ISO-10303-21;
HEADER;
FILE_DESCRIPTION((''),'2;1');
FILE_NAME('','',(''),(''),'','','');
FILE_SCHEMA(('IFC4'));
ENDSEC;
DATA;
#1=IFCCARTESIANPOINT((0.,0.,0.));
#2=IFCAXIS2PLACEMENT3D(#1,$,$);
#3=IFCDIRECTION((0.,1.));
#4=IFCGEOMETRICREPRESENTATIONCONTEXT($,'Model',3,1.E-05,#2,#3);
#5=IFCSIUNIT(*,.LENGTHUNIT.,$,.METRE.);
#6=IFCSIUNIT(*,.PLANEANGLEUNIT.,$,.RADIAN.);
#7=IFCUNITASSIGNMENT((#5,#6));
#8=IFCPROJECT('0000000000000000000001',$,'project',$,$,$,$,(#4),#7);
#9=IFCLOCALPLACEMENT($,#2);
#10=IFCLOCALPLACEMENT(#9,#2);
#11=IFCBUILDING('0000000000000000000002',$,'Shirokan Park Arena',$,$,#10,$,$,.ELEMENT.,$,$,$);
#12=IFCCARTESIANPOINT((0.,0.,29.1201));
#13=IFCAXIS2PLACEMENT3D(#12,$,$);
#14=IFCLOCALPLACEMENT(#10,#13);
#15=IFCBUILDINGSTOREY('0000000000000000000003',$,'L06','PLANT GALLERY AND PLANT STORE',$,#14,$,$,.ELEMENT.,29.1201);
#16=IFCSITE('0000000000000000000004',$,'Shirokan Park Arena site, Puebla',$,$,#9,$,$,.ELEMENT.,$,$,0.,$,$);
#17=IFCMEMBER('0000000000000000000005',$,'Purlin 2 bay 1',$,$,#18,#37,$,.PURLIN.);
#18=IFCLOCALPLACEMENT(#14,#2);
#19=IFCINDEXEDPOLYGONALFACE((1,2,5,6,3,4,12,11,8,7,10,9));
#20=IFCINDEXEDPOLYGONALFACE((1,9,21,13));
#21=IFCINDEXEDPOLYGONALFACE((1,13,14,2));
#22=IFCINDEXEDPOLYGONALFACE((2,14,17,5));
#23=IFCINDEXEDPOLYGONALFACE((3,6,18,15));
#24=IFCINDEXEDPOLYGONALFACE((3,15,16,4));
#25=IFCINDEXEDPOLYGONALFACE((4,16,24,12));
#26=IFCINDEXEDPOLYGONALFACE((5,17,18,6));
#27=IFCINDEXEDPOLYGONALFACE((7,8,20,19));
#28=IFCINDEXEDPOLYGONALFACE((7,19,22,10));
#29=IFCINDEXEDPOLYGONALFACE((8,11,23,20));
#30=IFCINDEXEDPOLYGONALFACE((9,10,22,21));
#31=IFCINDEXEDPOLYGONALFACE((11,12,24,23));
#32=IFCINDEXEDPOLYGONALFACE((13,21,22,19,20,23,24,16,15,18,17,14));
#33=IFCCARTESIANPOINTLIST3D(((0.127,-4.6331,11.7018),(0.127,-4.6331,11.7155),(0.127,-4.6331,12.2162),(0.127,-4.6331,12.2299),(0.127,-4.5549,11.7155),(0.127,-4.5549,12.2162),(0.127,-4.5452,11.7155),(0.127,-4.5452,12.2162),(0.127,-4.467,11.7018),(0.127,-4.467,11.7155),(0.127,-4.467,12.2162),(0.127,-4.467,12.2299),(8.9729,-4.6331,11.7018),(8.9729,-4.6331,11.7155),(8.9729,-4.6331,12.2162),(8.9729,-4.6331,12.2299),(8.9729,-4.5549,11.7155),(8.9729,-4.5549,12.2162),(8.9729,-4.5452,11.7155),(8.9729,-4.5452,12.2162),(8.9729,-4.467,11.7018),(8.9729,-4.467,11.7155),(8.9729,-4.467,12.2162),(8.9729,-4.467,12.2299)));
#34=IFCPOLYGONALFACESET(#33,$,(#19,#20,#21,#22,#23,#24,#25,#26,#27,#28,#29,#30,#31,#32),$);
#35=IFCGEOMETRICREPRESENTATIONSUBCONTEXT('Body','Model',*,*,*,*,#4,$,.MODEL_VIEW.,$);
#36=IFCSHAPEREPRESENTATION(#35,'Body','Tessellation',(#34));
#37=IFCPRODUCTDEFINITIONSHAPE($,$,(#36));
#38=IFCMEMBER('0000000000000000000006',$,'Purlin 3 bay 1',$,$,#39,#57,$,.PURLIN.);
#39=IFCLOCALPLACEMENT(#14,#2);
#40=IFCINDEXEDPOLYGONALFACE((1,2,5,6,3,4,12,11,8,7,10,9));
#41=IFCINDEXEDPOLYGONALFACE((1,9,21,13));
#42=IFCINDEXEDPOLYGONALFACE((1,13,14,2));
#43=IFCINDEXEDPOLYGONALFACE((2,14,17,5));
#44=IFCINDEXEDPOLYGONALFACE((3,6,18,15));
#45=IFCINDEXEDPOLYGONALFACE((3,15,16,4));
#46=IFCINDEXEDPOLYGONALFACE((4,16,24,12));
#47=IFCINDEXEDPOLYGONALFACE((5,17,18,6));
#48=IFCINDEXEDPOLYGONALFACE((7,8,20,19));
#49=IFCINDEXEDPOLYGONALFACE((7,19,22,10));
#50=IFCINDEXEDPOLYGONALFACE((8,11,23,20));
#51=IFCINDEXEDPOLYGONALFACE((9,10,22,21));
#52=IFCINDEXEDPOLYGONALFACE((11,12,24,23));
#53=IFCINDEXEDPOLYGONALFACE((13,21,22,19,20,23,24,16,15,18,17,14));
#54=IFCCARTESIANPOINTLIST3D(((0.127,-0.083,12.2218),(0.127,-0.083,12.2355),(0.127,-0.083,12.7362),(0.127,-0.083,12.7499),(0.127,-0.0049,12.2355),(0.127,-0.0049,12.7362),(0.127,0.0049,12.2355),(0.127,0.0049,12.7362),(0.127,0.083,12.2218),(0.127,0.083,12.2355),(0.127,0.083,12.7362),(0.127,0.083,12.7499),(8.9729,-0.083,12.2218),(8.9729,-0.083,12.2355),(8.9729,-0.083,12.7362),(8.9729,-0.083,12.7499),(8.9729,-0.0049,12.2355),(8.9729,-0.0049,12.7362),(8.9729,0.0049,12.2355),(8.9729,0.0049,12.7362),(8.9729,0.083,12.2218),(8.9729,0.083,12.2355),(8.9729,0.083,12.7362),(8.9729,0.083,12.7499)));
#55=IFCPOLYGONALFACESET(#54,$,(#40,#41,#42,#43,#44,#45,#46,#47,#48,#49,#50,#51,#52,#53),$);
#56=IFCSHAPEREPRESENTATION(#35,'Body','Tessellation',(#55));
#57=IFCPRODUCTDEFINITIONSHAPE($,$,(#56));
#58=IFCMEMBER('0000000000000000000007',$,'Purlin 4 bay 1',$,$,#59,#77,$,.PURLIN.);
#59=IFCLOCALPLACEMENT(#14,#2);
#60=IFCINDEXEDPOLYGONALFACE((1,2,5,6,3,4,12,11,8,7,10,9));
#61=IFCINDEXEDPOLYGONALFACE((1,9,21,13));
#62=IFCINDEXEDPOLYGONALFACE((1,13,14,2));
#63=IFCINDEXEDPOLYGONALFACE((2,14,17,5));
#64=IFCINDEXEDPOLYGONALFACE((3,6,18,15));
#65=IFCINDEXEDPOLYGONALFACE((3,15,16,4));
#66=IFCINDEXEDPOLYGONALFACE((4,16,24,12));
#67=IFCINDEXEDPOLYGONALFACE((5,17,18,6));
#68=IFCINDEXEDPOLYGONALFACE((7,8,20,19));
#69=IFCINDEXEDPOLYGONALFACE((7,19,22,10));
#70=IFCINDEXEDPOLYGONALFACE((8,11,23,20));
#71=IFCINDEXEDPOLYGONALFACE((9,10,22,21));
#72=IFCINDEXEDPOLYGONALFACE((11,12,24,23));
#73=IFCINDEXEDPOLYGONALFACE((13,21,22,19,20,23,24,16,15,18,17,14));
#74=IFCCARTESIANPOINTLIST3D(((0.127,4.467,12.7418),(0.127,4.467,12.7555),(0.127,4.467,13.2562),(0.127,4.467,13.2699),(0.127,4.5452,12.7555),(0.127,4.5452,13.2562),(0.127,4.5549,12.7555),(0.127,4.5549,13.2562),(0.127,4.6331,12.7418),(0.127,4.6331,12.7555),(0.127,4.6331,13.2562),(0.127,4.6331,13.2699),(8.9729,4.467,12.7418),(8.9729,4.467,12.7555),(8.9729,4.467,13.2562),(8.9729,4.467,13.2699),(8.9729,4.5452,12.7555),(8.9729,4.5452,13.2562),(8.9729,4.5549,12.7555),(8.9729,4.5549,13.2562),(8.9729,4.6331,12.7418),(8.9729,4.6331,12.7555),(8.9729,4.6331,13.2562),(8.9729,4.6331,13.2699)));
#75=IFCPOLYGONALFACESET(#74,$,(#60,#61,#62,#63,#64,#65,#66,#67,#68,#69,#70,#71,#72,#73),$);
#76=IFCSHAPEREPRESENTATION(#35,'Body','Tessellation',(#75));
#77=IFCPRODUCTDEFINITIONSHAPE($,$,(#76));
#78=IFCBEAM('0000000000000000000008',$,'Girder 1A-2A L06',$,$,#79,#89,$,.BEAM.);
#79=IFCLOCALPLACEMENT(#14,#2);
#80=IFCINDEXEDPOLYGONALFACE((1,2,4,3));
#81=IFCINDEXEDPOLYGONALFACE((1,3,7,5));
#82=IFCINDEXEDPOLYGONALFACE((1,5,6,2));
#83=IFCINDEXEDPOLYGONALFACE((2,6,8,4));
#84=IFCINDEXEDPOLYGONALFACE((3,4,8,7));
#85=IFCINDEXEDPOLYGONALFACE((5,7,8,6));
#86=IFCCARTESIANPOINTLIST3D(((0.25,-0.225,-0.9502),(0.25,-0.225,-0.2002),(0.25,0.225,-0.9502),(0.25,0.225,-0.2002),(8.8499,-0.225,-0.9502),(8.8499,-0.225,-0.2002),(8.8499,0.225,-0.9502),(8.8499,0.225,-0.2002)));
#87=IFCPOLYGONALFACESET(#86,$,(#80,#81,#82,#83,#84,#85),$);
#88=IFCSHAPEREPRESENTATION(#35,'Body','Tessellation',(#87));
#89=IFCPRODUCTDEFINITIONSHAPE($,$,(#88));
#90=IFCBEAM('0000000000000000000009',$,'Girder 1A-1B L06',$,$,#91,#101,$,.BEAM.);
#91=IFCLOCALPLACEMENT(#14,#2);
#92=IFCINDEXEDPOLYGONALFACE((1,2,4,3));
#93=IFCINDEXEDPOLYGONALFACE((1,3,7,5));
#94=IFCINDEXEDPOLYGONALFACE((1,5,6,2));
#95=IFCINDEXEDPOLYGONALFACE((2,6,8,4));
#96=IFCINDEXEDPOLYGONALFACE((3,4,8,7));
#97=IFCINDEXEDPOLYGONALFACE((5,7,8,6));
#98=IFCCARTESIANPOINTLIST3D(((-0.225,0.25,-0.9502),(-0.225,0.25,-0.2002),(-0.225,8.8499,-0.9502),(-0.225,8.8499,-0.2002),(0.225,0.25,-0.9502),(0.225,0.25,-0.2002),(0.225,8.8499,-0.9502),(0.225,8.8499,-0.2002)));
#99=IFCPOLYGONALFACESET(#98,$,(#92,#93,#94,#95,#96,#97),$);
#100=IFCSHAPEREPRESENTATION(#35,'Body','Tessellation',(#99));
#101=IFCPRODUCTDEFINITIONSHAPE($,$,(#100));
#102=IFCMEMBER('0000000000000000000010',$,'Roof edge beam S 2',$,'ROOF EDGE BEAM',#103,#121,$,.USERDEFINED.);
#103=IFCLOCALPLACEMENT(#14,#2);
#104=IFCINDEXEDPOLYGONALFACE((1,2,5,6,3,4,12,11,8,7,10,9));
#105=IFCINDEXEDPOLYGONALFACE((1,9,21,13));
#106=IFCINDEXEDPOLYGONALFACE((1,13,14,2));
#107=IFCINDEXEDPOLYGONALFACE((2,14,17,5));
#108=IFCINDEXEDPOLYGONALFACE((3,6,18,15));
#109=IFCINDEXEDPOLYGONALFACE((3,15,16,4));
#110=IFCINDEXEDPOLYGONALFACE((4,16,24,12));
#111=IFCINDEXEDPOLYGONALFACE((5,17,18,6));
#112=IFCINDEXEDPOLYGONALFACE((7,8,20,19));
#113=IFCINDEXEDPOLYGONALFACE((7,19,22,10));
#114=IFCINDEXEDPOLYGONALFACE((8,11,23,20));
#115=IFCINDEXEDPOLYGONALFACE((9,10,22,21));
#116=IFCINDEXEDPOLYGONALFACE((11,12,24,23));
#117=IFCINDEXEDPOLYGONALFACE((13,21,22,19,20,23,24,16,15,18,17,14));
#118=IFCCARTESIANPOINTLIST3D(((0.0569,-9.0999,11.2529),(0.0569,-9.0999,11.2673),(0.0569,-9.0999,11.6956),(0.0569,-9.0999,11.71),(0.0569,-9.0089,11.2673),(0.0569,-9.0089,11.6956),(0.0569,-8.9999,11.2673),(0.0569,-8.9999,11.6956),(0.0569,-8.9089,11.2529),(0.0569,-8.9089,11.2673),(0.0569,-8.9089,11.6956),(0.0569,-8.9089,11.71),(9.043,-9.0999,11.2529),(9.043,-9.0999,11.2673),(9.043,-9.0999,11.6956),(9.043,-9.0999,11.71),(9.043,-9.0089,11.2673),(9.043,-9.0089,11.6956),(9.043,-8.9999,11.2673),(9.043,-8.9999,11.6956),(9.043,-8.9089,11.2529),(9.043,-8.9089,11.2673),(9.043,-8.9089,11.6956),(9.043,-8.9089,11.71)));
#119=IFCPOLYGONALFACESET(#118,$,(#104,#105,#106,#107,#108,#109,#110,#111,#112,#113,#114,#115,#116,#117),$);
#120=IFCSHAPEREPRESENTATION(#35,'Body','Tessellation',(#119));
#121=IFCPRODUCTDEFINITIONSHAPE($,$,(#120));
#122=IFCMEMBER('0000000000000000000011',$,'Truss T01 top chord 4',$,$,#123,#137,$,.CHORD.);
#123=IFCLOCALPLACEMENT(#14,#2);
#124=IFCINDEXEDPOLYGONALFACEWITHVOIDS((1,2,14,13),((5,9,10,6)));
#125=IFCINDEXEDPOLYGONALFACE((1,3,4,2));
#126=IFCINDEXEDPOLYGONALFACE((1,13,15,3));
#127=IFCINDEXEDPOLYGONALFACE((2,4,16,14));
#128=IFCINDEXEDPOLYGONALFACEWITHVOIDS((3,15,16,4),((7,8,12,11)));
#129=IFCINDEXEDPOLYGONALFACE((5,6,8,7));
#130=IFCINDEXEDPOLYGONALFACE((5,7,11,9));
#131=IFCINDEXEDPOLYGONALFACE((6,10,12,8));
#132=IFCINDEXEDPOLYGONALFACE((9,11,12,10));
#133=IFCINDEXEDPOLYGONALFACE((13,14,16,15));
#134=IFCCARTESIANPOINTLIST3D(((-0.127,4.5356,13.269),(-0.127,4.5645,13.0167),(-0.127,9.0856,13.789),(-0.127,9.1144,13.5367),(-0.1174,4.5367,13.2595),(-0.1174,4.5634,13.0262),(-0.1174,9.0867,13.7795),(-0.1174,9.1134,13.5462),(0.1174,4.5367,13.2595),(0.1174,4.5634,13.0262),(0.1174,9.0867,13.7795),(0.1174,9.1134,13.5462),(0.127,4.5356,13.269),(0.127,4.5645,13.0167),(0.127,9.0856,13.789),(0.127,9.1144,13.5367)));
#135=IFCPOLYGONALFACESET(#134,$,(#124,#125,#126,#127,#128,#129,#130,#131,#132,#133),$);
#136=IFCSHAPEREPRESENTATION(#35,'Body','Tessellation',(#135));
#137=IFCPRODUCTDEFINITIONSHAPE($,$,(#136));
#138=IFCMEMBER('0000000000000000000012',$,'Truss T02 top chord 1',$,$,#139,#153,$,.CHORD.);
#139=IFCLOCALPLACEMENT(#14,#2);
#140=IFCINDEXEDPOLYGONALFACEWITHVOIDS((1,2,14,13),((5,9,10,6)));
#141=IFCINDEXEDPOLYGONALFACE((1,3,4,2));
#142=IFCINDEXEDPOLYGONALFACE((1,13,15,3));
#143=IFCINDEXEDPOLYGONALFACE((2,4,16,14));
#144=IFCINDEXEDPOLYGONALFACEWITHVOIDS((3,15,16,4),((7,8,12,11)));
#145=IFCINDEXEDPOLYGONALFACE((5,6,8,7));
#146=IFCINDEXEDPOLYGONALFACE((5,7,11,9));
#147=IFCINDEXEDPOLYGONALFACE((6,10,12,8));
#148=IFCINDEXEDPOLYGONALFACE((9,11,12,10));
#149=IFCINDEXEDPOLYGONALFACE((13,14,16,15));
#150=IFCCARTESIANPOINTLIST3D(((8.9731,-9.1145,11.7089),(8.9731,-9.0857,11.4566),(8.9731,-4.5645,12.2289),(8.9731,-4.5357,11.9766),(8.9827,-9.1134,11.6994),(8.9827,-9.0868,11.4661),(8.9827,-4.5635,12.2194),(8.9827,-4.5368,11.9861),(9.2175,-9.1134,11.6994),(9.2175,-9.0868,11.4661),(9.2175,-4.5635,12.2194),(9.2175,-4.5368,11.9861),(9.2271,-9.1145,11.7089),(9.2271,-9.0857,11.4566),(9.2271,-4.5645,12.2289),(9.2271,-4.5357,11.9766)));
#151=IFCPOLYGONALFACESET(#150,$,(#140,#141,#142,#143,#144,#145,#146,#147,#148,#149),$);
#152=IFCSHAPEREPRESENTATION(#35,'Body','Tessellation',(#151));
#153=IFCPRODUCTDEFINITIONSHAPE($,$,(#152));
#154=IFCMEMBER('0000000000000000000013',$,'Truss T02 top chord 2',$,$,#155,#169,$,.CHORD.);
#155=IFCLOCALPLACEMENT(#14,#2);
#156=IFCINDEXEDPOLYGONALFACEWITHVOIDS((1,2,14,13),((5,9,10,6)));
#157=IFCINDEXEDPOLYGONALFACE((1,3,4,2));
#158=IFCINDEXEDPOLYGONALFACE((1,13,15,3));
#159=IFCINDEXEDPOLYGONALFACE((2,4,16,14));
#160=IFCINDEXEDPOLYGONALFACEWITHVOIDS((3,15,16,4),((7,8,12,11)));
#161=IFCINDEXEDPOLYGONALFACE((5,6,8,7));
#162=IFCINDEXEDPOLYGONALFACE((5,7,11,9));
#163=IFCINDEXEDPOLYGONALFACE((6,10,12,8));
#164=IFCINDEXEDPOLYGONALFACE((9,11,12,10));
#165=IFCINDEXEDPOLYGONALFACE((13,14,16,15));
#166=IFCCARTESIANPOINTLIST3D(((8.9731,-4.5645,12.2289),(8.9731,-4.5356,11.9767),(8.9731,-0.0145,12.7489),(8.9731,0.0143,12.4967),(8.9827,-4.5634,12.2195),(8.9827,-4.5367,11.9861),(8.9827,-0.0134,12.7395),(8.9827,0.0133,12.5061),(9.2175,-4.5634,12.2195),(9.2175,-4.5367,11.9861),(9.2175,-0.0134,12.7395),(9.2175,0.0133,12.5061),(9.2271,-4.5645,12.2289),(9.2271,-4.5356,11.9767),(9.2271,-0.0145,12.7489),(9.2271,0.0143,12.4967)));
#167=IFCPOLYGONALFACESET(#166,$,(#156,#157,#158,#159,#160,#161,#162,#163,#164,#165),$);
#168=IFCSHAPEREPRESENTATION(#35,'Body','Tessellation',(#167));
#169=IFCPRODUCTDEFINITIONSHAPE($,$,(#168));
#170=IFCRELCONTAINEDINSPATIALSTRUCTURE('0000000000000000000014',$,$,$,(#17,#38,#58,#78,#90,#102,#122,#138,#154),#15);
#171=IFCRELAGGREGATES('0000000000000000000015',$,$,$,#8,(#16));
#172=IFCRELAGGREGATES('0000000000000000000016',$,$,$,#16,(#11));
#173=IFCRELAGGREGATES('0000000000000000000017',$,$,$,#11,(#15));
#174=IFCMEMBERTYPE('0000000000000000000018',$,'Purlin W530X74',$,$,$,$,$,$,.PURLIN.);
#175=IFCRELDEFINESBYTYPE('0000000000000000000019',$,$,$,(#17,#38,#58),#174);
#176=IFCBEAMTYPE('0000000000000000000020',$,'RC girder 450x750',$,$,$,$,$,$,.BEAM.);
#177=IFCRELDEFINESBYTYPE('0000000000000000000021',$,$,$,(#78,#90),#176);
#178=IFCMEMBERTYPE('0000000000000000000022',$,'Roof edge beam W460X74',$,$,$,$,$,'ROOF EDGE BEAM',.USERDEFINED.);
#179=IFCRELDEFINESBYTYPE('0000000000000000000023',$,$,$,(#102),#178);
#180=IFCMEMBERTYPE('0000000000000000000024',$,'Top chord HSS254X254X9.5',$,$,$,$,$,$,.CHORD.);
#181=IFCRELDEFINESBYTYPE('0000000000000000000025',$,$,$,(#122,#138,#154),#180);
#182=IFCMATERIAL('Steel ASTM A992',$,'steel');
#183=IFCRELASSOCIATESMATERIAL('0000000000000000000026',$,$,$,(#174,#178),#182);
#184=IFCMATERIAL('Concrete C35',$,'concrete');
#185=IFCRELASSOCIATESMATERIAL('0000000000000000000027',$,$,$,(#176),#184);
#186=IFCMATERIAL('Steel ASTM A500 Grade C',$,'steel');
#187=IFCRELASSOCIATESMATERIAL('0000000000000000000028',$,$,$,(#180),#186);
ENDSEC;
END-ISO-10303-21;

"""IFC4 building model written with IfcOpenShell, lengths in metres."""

from ifc_helpers import new_model, si_unit, direction, frame, origin, origin_2d, place, context, subcontext, project, spatial, rectangle, hollow_rectangle, i_section, extrude, material, material_profile, profile_set, type_object, element, save


model = new_model("IFC4")

# Units and contexts
model_context = context("Model", 3, precision=1e-05, world=origin(), true_north=direction((0.0, 1.0)))
body_context = subcontext(model_context, "Body", "Model", "MODEL_VIEW")
ifc_project = project(units=[si_unit("LENGTHUNIT", "METRE"), si_unit("PLANEANGLEUNIT", "RADIAN")], contexts=[model_context])

# Site, building, storey
site_placement = place(None, origin())
site = spatial("IfcSite", under=ifc_project, at=site_placement, Name="Shirokan Park Arena site, Puebla", CompositionType="ELEMENT", RefElevation=0.0)
building_placement = place(site_placement, origin())
building = spatial("IfcBuilding", under=site, at=building_placement, Name="Shirokan Park Arena", CompositionType="ELEMENT")
storey_placement = place(building_placement, frame((0.0, 0.0, 29.1201)))
storey = spatial("IfcBuildingStorey", under=building, at=storey_placement, Name="L06", Description="PLANT GALLERY AND PLANT STORE", CompositionType="ELEMENT", Elevation=29.1201)

# Members
ifc_material_1 = material(Name="Steel ASTM A500 Grade C", Category="steel")
ifc_material_2 = material(Name="Steel ASTM A992", Category="steel")
ifc_material_profile_1 = material_profile(ifc_material_2, i_section(OverallWidth=0.166, OverallDepth=0.5281, WebThickness=0.0098, FlangeThickness=0.0137, at=origin_2d()), Name="W530X74")
ifc_profile_set_1 = profile_set([ifc_material_profile_1], Name="Steel ASTM A992")
member_type_1 = type_object("IfcMemberType", Name="Purlin W530X74", PredefinedType="PURLIN", material=ifc_profile_set_1)
for number, where, z_axis, x_axis, name in (
    (1, (0.127, -4.55, 11.9658), (1.0, 0.0, 0.0), (0.0, 1.0, 0.0), "Purlin 2 bay 1"),
    (2, (0.127, 0.0, 12.4858), (1.0, 0.0, 0.0), (0.0, 1.0, 0.0), "Purlin 3 bay 1"),
    (3, (0.127, 4.55, 13.0059), (1.0, 0.0, 0.0), (0.0, 1.0, 0.0), "Purlin 4 bay 1"),
):
    element("IfcMember", number, at=place(storey_placement, frame(where, z_axis=z_axis, x_axis=x_axis)), inside=storey, type_object=member_type_1, Name=name, PredefinedType="PURLIN", context=body_context, shape_type="SweptSolid", body=[
        extrude(i_section(OverallWidth=0.166, OverallDepth=0.5281, WebThickness=0.0098, FlangeThickness=0.0137, at=origin_2d()), origin(), (0.0, 0.0, 1.0), 8.8459),
    ])

# Beams
ifc_material_3 = material(Name="Concrete C35", Category="concrete")
ifc_material_profile_2 = material_profile(ifc_material_3, rectangle(XDim=0.45, YDim=0.75, at=origin_2d()), Name="450x750")
ifc_profile_set_2 = profile_set([ifc_material_profile_2], Name="Concrete C35")
beam_type = type_object("IfcBeamType", Name="RC girder 450x750", PredefinedType="BEAM", material=ifc_profile_set_2)
for number, where, z_axis, x_axis, name in (
    (4, (0.25, 0.0, -0.5752), (1.0, 0.0, 0.0), (0.0, 1.0, 0.0), "Girder 1A-2A L06"),
    (5, (0.0, 0.25, -0.5752), (0.0, 1.0, 0.0), (-1.0, 0.0, 0.0), "Girder 1A-1B L06"),
):
    element("IfcBeam", number, at=place(storey_placement, frame(where, z_axis=z_axis, x_axis=x_axis)), inside=storey, type_object=beam_type, Name=name, PredefinedType="BEAM", context=body_context, shape_type="SweptSolid", body=[
        extrude(rectangle(XDim=0.45, YDim=0.75, at=origin_2d()), origin(), (0.0, 0.0, 1.0), 8.5999),
    ])

# Members
ifc_material_profile_3 = material_profile(ifc_material_2, i_section(OverallWidth=0.1909, OverallDepth=0.457, WebThickness=0.009, FlangeThickness=0.0144, at=origin_2d()), Name="W460X74")
ifc_profile_set_3 = profile_set([ifc_material_profile_3], Name="Steel ASTM A992")
member_type_2 = type_object("IfcMemberType", Name="Roof edge beam W460X74", ElementType="ROOF EDGE BEAM", PredefinedType="USERDEFINED", material=ifc_profile_set_3)
member_1_placement = place(storey_placement, frame((0.0569, -9.0044, 11.4814), z_axis=(1.0, 0.0, 0.0), x_axis=(0.0, 1.0, 0.0)))
element("IfcMember", 6, at=member_1_placement, inside=storey, type_object=member_type_2, Name="Roof edge beam S 2", ObjectType="ROOF EDGE BEAM", PredefinedType="USERDEFINED", context=body_context, shape_type="SweptSolid", body=[
    extrude(i_section(OverallWidth=0.1909, OverallDepth=0.457, WebThickness=0.009, FlangeThickness=0.0144, at=origin_2d()), origin(), (0.0, 0.0, 1.0), 8.9861),
])
ifc_material_profile_4 = material_profile(ifc_material_1, hollow_rectangle(XDim=0.2539, YDim=0.2539, WallThickness=0.0095, at=origin_2d()), Name="HSS254X254X9.5")
ifc_profile_set_4 = profile_set([ifc_material_profile_4], Name="Steel ASTM A500 Grade C")
member_type_3 = type_object("IfcMemberType", Name="Top chord HSS254X254X9.5", PredefinedType="CHORD", material=ifc_profile_set_4)
for number, where, z_axis, x_axis, name in (
    (7, (0.0, 4.55, 13.1428), (0.0, 0.993532, 0.11355), (-1.0, 0.0, 0.0), "Truss T01 top chord 4"),
    (8, (9.1001, -9.1001, 11.5828), (0.0, 0.993532, 0.11355), (-1.0, 0.0, 0.0), "Truss T02 top chord 1"),
    (9, (9.1001, -4.55, 12.1028), (0.0, 0.993532, 0.11355), (-1.0, 0.0, 0.0), "Truss T02 top chord 2"),
):
    element("IfcMember", number, at=place(storey_placement, frame(where, z_axis=z_axis, x_axis=x_axis)), inside=storey, type_object=member_type_3, Name=name, PredefinedType="CHORD", context=body_context, shape_type="SweptSolid", body=[
        extrude(hollow_rectangle(XDim=0.2539, YDim=0.2539, WallThickness=0.0095, at=origin_2d()), origin(), (0.0, 0.0, 1.0), 4.5796),
    ])

save(model, "model.ifc")
